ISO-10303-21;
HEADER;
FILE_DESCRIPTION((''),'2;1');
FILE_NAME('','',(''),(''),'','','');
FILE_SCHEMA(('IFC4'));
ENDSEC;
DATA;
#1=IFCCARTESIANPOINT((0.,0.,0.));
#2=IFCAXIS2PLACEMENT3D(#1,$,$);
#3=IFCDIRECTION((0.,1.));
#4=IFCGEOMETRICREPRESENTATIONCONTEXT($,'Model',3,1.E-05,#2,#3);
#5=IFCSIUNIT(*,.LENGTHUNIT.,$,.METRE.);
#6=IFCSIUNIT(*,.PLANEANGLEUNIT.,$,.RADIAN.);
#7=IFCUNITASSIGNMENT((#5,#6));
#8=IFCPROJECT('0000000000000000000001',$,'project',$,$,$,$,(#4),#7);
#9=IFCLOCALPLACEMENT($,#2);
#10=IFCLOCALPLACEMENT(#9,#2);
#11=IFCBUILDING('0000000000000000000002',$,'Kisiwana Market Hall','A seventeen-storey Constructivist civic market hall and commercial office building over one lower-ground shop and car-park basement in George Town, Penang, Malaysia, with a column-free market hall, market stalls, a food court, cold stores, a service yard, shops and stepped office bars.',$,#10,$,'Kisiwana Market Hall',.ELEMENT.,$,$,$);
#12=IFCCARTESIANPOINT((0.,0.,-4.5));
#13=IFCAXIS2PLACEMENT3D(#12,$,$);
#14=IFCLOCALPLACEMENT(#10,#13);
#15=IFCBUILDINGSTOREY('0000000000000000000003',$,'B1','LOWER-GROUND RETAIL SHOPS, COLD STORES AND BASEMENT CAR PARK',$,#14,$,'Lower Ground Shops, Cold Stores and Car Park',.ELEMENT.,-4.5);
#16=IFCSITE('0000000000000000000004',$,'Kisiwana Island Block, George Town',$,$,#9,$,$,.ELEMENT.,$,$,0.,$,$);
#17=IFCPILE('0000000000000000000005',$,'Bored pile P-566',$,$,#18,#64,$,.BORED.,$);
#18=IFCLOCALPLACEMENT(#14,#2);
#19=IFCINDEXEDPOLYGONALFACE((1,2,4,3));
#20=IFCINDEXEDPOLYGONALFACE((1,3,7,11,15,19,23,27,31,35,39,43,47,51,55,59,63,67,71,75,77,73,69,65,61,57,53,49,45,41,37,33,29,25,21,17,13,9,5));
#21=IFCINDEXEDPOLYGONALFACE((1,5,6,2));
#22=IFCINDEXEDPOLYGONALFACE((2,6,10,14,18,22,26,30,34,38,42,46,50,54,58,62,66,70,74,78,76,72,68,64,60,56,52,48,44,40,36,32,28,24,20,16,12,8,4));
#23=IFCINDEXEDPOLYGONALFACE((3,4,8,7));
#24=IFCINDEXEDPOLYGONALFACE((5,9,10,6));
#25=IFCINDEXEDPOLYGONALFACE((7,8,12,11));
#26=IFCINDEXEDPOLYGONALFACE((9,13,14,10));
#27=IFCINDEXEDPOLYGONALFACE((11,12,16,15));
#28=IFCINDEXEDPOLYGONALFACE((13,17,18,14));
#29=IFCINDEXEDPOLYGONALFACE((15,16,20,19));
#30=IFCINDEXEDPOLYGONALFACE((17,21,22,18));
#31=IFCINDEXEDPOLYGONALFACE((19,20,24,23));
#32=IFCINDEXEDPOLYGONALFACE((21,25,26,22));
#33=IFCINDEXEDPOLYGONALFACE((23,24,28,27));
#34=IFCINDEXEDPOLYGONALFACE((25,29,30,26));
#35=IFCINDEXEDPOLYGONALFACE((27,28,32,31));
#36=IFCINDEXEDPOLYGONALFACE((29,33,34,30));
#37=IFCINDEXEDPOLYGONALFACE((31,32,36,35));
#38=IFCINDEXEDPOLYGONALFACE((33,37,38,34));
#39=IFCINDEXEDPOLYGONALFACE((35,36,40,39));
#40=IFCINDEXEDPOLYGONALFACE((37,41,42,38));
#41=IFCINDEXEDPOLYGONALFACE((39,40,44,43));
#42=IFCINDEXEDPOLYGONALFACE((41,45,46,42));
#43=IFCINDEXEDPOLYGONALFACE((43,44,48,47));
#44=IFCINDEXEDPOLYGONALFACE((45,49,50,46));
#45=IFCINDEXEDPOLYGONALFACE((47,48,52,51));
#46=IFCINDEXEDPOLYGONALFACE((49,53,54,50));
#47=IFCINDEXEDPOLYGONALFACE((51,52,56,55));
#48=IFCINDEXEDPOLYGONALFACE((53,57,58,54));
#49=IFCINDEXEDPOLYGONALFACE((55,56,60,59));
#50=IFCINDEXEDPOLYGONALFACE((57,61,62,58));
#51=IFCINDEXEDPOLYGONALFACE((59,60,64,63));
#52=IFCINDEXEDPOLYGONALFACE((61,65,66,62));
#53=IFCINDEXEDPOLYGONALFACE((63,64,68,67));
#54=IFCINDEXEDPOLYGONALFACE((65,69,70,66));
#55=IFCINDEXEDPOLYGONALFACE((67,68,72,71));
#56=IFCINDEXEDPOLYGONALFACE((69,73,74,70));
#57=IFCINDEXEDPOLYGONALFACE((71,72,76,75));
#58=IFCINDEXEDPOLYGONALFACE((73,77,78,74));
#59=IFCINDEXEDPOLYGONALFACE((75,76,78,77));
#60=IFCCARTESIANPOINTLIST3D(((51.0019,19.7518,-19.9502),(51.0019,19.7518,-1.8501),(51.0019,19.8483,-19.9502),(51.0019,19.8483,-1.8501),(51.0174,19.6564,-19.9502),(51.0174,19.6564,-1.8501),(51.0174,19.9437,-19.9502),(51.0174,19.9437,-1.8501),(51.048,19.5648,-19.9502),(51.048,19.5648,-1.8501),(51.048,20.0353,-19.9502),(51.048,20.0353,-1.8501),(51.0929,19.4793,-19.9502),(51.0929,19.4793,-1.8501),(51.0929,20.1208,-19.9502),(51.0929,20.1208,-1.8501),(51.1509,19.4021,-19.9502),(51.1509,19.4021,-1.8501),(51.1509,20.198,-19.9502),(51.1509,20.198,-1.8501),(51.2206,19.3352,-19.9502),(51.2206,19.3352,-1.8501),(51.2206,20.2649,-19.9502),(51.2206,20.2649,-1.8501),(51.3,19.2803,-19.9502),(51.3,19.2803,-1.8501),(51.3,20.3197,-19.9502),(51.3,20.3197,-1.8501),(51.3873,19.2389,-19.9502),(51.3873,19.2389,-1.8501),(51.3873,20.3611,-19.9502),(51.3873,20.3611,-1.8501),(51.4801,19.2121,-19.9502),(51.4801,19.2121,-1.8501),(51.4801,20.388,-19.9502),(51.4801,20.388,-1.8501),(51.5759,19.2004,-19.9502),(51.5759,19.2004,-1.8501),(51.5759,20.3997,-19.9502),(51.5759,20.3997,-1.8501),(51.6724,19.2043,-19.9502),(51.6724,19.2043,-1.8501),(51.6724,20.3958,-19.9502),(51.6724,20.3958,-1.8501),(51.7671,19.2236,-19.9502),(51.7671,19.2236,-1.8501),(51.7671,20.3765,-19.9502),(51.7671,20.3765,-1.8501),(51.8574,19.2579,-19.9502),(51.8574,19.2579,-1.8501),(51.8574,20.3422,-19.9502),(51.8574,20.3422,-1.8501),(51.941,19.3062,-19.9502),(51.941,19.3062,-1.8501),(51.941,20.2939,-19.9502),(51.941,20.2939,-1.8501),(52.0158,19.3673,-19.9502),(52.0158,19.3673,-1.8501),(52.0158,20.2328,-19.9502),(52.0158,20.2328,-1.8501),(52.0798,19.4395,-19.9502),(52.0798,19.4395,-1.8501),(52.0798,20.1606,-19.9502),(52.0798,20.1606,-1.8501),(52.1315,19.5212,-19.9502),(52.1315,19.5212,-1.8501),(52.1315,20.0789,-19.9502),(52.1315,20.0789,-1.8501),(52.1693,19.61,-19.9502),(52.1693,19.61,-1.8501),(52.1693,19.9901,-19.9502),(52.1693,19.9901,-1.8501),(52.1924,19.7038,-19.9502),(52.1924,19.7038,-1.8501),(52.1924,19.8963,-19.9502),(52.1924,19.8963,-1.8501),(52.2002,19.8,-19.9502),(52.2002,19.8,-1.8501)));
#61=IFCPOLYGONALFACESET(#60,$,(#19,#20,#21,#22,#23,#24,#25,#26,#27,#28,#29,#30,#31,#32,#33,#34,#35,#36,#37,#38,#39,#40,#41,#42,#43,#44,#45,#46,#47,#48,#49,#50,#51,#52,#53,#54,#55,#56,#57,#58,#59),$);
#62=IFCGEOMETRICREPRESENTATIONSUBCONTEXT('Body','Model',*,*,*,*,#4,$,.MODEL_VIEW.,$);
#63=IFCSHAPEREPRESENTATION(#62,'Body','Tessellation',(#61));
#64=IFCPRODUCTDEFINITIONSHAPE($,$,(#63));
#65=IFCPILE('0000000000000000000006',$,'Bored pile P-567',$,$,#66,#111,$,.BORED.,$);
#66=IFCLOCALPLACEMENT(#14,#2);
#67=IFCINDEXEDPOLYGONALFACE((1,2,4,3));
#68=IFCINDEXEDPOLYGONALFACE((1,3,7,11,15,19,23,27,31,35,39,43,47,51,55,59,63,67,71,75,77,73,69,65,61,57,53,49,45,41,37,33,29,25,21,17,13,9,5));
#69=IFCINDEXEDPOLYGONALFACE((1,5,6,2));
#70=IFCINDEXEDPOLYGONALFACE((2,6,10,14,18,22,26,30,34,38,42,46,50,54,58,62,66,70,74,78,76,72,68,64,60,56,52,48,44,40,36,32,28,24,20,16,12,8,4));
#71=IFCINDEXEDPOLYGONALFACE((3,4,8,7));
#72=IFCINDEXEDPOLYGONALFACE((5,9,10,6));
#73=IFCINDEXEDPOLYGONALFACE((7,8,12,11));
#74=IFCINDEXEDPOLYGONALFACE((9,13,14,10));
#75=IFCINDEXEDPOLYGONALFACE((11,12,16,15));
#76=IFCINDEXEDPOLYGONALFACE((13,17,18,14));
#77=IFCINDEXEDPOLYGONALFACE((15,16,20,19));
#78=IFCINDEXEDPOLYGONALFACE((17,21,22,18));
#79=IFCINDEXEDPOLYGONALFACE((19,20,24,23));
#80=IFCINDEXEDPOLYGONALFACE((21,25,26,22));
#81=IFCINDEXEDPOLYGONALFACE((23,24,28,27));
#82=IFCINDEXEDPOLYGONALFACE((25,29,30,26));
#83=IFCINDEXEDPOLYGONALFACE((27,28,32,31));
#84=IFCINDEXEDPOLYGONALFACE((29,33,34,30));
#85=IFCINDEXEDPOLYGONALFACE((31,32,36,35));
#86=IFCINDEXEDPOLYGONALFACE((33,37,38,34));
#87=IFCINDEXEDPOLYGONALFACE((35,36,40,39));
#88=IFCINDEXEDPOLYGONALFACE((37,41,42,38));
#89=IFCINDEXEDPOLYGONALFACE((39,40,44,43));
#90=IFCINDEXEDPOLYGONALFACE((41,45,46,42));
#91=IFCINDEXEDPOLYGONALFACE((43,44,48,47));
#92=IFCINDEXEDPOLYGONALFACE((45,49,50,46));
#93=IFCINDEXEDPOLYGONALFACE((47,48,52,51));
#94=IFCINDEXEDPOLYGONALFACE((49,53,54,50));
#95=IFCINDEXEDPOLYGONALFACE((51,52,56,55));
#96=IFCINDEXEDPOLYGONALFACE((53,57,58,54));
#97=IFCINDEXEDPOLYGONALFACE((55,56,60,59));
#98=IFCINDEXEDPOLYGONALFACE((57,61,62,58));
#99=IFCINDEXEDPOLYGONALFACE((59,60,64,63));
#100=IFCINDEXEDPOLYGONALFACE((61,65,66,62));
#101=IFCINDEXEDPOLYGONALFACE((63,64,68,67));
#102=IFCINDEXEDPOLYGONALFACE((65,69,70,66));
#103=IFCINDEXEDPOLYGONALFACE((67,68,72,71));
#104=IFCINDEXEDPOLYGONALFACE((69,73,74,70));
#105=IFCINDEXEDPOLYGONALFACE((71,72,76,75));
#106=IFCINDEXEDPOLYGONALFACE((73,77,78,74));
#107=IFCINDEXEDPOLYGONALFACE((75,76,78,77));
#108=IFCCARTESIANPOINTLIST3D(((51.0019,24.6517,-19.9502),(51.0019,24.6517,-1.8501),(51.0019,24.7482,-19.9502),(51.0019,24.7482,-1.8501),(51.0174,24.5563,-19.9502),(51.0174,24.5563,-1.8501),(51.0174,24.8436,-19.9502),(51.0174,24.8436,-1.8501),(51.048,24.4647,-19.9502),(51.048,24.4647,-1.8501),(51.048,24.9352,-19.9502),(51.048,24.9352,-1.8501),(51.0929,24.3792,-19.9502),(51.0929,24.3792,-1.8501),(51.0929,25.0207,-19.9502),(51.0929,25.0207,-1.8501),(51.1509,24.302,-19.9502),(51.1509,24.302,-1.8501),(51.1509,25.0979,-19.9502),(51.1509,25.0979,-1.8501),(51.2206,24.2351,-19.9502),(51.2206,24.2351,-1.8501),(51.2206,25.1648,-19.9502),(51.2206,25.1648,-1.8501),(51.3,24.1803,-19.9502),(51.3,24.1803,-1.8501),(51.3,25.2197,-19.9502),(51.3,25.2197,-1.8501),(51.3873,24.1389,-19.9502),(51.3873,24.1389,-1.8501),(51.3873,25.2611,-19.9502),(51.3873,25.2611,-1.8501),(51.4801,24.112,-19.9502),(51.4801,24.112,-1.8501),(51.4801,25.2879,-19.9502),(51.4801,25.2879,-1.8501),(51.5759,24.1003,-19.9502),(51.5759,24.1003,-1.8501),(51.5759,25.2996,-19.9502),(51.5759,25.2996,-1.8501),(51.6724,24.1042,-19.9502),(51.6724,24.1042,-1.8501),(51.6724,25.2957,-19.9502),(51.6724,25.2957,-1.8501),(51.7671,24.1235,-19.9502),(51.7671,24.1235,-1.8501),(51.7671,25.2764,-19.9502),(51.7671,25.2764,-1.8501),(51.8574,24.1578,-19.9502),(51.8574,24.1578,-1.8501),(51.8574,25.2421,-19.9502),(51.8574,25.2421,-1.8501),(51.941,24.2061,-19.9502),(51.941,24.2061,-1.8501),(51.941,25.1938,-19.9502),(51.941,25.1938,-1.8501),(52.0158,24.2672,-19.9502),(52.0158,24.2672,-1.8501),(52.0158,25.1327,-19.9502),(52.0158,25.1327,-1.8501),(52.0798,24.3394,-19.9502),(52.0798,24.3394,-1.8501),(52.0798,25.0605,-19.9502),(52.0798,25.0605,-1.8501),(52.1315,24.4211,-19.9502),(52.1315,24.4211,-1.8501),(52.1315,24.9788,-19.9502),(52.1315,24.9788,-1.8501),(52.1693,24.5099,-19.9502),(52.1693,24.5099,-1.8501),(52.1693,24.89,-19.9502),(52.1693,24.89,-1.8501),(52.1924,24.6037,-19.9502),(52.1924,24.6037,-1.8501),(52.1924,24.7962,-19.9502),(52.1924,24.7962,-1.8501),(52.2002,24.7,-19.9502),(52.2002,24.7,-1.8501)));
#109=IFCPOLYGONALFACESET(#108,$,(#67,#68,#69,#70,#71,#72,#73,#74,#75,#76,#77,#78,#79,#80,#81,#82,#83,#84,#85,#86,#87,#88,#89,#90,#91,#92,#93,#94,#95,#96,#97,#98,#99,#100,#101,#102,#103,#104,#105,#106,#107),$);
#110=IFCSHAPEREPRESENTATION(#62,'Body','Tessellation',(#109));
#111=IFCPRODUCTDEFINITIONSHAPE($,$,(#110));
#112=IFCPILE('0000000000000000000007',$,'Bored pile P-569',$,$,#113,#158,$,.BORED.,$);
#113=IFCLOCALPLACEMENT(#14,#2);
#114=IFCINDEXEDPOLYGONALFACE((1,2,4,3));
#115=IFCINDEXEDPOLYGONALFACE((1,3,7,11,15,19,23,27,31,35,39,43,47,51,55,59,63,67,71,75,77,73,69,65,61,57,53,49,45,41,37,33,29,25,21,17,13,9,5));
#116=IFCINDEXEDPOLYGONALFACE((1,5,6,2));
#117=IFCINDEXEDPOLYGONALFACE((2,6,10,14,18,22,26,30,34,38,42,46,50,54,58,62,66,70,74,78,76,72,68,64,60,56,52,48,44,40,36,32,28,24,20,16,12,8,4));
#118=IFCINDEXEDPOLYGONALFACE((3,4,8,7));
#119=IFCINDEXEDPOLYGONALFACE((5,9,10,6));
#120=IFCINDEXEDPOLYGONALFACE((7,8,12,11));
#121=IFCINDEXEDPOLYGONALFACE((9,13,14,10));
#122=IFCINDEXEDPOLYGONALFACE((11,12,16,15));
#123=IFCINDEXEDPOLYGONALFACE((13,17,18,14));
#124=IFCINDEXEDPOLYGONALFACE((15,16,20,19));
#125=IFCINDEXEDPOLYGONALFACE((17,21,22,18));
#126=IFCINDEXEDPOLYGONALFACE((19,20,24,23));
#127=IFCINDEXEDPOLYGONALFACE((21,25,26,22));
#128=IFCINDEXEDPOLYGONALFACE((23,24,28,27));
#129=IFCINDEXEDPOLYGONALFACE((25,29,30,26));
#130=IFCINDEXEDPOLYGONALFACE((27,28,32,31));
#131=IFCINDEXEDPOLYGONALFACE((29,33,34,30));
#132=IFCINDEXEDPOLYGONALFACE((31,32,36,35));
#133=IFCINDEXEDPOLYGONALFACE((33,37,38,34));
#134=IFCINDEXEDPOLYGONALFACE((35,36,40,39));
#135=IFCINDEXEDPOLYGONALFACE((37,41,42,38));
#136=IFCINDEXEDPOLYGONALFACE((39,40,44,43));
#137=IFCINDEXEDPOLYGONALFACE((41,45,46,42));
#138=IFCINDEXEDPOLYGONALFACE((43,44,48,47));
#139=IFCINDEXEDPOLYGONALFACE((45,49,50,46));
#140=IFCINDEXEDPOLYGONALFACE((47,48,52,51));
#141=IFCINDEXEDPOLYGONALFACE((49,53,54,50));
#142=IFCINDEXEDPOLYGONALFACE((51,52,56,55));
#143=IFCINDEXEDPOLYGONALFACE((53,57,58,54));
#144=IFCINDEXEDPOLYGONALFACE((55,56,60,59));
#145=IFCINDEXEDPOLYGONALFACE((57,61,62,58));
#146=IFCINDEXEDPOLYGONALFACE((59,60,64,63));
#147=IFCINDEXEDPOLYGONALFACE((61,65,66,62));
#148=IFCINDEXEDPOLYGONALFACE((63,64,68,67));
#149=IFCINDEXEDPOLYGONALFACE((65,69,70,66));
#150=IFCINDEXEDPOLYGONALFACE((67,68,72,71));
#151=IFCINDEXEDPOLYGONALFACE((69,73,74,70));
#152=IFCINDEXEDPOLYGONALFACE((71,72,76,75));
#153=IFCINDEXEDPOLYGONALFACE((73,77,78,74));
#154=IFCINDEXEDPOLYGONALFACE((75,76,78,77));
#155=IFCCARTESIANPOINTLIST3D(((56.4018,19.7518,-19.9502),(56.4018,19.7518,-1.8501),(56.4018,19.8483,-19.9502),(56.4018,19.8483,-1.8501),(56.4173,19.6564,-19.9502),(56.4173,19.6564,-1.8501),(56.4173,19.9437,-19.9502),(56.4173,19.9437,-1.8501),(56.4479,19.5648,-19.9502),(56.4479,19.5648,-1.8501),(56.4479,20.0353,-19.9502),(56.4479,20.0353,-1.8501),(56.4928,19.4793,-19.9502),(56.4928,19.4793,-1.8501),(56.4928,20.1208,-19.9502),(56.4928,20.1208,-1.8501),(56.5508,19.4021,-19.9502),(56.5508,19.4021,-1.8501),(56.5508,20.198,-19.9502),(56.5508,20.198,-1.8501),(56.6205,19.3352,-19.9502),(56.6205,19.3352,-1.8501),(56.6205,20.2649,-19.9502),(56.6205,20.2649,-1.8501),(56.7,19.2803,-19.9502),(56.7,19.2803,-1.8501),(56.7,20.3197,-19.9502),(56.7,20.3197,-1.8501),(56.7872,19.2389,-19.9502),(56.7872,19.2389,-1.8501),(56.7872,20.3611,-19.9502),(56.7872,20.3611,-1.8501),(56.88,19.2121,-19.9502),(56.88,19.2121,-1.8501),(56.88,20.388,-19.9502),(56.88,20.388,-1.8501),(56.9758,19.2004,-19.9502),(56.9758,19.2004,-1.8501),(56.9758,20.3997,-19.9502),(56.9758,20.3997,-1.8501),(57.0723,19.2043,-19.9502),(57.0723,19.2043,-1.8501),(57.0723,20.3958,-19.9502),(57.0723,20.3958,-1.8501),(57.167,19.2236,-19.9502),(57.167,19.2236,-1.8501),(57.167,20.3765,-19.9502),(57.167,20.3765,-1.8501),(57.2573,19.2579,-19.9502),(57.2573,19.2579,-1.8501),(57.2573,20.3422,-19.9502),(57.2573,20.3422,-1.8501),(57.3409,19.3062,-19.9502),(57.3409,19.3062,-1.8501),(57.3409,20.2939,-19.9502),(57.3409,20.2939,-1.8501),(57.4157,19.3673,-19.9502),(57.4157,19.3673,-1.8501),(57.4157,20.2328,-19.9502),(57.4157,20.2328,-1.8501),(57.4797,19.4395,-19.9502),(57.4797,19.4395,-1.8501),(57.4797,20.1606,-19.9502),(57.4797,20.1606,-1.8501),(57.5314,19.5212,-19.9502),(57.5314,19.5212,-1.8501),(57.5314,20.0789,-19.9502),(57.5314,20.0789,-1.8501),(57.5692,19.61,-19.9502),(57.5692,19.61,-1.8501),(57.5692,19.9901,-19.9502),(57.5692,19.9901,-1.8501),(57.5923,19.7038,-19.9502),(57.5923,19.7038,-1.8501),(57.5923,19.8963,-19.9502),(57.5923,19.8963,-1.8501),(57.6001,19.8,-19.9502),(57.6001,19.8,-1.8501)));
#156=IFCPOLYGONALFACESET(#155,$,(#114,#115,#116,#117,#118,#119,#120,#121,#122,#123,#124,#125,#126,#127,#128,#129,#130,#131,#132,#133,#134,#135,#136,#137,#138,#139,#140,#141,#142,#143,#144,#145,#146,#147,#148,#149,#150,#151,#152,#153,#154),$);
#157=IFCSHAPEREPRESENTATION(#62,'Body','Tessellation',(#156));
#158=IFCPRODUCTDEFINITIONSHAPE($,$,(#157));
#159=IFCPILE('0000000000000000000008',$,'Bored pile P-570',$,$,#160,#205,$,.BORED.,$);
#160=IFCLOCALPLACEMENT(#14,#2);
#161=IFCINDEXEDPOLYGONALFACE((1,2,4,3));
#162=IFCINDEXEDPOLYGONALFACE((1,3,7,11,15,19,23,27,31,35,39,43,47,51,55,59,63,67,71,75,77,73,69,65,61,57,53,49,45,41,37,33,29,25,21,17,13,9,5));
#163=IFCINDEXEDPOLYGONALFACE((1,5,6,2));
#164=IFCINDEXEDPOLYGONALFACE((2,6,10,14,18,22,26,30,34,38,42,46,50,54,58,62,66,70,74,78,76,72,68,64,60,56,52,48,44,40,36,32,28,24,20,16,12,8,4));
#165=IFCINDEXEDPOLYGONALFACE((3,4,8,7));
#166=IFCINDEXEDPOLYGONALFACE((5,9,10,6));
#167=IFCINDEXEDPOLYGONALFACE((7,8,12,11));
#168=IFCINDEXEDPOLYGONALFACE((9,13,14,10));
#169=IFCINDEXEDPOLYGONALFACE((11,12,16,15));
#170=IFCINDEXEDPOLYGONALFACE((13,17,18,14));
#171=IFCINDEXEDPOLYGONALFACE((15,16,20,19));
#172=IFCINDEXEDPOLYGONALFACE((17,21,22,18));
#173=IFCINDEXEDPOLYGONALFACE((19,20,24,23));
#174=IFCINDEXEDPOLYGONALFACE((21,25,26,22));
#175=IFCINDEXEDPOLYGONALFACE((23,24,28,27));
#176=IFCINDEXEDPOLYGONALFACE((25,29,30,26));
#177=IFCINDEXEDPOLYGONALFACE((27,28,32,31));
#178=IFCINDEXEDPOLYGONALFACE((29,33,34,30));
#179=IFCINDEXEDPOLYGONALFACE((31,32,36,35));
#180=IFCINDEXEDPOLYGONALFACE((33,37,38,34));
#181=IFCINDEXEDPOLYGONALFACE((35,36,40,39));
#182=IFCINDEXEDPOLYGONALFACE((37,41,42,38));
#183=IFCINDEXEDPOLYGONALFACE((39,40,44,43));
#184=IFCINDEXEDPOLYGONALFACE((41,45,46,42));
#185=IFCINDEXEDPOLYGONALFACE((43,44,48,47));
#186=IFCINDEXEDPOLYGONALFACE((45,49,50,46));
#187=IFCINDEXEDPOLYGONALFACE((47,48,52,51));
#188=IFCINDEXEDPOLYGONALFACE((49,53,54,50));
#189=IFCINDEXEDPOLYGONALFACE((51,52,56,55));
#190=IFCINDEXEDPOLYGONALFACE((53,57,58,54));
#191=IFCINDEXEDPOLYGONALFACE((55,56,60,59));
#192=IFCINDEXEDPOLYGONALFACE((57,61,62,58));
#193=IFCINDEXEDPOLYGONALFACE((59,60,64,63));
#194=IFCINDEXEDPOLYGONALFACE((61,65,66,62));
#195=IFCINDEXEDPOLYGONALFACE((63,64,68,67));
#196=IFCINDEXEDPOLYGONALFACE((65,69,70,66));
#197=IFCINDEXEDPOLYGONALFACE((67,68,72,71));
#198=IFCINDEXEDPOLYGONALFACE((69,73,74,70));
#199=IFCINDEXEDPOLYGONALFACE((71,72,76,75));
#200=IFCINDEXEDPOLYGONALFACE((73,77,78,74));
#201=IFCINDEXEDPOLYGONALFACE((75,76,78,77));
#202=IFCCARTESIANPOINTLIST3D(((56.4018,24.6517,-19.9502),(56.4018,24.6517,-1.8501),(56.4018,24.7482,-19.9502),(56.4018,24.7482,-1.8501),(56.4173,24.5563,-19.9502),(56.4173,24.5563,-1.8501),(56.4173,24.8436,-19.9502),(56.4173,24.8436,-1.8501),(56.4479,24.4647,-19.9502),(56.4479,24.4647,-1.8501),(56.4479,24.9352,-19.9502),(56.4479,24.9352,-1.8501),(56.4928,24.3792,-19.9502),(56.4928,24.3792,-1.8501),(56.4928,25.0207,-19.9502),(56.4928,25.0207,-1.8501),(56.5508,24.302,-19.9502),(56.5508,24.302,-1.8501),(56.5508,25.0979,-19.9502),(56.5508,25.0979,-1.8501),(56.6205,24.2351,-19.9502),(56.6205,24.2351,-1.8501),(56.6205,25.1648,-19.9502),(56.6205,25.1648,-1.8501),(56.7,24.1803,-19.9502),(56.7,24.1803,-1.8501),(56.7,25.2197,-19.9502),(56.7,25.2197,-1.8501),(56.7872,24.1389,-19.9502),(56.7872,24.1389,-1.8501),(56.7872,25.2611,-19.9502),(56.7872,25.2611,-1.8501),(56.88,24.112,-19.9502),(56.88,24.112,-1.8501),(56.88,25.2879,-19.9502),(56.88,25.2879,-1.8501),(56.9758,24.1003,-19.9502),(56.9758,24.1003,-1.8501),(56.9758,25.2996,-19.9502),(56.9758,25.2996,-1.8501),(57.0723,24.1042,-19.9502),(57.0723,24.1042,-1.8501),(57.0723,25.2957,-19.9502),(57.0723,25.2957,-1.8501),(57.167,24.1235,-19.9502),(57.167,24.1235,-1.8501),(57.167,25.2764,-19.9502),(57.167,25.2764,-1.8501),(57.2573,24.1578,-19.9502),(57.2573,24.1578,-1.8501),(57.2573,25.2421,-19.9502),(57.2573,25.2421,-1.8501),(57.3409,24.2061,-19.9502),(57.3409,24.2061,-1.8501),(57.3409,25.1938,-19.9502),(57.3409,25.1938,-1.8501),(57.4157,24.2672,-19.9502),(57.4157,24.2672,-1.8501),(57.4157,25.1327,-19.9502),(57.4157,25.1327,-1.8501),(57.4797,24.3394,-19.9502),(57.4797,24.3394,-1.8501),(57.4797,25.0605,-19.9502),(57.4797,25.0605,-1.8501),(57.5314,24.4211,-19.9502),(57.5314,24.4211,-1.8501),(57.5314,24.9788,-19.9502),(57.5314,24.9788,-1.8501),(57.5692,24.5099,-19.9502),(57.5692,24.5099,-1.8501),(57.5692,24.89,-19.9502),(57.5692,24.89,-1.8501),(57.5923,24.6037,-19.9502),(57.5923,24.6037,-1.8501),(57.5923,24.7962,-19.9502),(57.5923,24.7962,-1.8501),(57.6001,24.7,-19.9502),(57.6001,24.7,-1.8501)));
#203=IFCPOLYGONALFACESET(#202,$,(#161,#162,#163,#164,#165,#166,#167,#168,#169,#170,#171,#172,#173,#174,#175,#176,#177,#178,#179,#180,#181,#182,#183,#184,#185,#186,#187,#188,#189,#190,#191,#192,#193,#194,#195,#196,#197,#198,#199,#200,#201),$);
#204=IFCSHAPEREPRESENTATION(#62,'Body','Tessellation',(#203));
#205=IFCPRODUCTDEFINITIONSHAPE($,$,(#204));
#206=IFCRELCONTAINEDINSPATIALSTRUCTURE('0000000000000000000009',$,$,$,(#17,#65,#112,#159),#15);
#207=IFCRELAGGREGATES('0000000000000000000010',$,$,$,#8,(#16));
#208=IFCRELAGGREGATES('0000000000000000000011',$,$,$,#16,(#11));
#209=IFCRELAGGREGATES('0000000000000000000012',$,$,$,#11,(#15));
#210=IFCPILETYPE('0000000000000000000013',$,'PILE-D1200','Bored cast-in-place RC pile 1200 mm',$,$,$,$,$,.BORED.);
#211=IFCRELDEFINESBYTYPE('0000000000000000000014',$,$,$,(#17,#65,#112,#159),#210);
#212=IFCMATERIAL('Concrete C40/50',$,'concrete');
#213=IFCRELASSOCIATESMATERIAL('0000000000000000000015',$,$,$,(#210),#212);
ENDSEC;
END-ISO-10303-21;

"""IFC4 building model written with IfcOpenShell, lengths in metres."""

from ifc_helpers import new_model, si_unit, direction, frame, origin, origin_2d, place, context, subcontext, project, spatial, circle, extrude, material, material_profile, profile_set, type_object, element, save


model = new_model("IFC4")

# Units and contexts
model_context = context("Model", 3, precision=1e-05, world=origin(), true_north=direction((0.0, 1.0)))
body_context = subcontext(model_context, "Body", "Model", "MODEL_VIEW")
ifc_project = project(units=[si_unit("LENGTHUNIT", "METRE"), si_unit("PLANEANGLEUNIT", "RADIAN")], contexts=[model_context])

# Site, building, storey
site_placement = place(None, origin())
site = spatial("IfcSite", under=ifc_project, at=site_placement, Name="Kisiwana Island Block, George Town", CompositionType="ELEMENT", RefElevation=0.0)
building_placement = place(site_placement, origin())
building = spatial("IfcBuilding", under=site, at=building_placement, Name="Kisiwana Market Hall", Description="A seventeen-storey Constructivist civic market hall and commercial office building over one lower-ground shop and car-park basement in George Town, Penang, Malaysia, with a column-free market hall, market stalls, a food court, cold stores, a service yard, shops and stepped office bars.", LongName="Kisiwana Market Hall", CompositionType="ELEMENT")
storey_placement = place(building_placement, frame((0.0, 0.0, -4.5)))
storey = spatial("IfcBuildingStorey", under=building, at=storey_placement, Name="B1", Description="LOWER-GROUND RETAIL SHOPS, COLD STORES AND BASEMENT CAR PARK", LongName="Lower Ground Shops, Cold Stores and Car Park", CompositionType="ELEMENT", Elevation=-4.5)

# Piles
ifc_material_1 = material(Name="Concrete C40/50", Category="concrete")
ifc_material_profile_1 = material_profile(ifc_material_1, circle(Radius=0.6001, at=origin_2d()), Name="BP D1200")
ifc_profile_set_1 = profile_set([ifc_material_profile_1], Name="Concrete C40/50")
pile_type_1 = type_object("IfcPileType", Name="PILE-D1200", Description="Bored cast-in-place RC pile 1200 mm", PredefinedType="BORED", material=ifc_profile_set_1)
for number, where, z_axis, x_axis, name in (
    (1, (51.6001, 19.8, -1.8501), (0.0, 0.0, -1.0), (1.0, 0.0, 0.0), "Bored pile P-566"),
    (2, (51.6001, 24.7, -1.8501), (0.0, 0.0, -1.0), (1.0, 0.0, 0.0), "Bored pile P-567"),
    (3, (57.0, 19.8, -1.8501), (0.0, 0.0, -1.0), (1.0, 0.0, 0.0), "Bored pile P-569"),
    (4, (57.0, 24.7, -1.8501), (0.0, 0.0, -1.0), (1.0, 0.0, 0.0), "Bored pile P-570"),
):
    element("IfcPile", number, at=place(storey_placement, frame(where, z_axis=z_axis, x_axis=x_axis)), inside=storey, type_object=pile_type_1, Name=name, PredefinedType="BORED", context=body_context, shape_type="SweptSolid", body=[
        extrude(circle(Radius=0.6001, at=origin_2d()), origin(), (0.0, 0.0, 1.0), 18.1001),
    ])

save(model, "model.ifc")
